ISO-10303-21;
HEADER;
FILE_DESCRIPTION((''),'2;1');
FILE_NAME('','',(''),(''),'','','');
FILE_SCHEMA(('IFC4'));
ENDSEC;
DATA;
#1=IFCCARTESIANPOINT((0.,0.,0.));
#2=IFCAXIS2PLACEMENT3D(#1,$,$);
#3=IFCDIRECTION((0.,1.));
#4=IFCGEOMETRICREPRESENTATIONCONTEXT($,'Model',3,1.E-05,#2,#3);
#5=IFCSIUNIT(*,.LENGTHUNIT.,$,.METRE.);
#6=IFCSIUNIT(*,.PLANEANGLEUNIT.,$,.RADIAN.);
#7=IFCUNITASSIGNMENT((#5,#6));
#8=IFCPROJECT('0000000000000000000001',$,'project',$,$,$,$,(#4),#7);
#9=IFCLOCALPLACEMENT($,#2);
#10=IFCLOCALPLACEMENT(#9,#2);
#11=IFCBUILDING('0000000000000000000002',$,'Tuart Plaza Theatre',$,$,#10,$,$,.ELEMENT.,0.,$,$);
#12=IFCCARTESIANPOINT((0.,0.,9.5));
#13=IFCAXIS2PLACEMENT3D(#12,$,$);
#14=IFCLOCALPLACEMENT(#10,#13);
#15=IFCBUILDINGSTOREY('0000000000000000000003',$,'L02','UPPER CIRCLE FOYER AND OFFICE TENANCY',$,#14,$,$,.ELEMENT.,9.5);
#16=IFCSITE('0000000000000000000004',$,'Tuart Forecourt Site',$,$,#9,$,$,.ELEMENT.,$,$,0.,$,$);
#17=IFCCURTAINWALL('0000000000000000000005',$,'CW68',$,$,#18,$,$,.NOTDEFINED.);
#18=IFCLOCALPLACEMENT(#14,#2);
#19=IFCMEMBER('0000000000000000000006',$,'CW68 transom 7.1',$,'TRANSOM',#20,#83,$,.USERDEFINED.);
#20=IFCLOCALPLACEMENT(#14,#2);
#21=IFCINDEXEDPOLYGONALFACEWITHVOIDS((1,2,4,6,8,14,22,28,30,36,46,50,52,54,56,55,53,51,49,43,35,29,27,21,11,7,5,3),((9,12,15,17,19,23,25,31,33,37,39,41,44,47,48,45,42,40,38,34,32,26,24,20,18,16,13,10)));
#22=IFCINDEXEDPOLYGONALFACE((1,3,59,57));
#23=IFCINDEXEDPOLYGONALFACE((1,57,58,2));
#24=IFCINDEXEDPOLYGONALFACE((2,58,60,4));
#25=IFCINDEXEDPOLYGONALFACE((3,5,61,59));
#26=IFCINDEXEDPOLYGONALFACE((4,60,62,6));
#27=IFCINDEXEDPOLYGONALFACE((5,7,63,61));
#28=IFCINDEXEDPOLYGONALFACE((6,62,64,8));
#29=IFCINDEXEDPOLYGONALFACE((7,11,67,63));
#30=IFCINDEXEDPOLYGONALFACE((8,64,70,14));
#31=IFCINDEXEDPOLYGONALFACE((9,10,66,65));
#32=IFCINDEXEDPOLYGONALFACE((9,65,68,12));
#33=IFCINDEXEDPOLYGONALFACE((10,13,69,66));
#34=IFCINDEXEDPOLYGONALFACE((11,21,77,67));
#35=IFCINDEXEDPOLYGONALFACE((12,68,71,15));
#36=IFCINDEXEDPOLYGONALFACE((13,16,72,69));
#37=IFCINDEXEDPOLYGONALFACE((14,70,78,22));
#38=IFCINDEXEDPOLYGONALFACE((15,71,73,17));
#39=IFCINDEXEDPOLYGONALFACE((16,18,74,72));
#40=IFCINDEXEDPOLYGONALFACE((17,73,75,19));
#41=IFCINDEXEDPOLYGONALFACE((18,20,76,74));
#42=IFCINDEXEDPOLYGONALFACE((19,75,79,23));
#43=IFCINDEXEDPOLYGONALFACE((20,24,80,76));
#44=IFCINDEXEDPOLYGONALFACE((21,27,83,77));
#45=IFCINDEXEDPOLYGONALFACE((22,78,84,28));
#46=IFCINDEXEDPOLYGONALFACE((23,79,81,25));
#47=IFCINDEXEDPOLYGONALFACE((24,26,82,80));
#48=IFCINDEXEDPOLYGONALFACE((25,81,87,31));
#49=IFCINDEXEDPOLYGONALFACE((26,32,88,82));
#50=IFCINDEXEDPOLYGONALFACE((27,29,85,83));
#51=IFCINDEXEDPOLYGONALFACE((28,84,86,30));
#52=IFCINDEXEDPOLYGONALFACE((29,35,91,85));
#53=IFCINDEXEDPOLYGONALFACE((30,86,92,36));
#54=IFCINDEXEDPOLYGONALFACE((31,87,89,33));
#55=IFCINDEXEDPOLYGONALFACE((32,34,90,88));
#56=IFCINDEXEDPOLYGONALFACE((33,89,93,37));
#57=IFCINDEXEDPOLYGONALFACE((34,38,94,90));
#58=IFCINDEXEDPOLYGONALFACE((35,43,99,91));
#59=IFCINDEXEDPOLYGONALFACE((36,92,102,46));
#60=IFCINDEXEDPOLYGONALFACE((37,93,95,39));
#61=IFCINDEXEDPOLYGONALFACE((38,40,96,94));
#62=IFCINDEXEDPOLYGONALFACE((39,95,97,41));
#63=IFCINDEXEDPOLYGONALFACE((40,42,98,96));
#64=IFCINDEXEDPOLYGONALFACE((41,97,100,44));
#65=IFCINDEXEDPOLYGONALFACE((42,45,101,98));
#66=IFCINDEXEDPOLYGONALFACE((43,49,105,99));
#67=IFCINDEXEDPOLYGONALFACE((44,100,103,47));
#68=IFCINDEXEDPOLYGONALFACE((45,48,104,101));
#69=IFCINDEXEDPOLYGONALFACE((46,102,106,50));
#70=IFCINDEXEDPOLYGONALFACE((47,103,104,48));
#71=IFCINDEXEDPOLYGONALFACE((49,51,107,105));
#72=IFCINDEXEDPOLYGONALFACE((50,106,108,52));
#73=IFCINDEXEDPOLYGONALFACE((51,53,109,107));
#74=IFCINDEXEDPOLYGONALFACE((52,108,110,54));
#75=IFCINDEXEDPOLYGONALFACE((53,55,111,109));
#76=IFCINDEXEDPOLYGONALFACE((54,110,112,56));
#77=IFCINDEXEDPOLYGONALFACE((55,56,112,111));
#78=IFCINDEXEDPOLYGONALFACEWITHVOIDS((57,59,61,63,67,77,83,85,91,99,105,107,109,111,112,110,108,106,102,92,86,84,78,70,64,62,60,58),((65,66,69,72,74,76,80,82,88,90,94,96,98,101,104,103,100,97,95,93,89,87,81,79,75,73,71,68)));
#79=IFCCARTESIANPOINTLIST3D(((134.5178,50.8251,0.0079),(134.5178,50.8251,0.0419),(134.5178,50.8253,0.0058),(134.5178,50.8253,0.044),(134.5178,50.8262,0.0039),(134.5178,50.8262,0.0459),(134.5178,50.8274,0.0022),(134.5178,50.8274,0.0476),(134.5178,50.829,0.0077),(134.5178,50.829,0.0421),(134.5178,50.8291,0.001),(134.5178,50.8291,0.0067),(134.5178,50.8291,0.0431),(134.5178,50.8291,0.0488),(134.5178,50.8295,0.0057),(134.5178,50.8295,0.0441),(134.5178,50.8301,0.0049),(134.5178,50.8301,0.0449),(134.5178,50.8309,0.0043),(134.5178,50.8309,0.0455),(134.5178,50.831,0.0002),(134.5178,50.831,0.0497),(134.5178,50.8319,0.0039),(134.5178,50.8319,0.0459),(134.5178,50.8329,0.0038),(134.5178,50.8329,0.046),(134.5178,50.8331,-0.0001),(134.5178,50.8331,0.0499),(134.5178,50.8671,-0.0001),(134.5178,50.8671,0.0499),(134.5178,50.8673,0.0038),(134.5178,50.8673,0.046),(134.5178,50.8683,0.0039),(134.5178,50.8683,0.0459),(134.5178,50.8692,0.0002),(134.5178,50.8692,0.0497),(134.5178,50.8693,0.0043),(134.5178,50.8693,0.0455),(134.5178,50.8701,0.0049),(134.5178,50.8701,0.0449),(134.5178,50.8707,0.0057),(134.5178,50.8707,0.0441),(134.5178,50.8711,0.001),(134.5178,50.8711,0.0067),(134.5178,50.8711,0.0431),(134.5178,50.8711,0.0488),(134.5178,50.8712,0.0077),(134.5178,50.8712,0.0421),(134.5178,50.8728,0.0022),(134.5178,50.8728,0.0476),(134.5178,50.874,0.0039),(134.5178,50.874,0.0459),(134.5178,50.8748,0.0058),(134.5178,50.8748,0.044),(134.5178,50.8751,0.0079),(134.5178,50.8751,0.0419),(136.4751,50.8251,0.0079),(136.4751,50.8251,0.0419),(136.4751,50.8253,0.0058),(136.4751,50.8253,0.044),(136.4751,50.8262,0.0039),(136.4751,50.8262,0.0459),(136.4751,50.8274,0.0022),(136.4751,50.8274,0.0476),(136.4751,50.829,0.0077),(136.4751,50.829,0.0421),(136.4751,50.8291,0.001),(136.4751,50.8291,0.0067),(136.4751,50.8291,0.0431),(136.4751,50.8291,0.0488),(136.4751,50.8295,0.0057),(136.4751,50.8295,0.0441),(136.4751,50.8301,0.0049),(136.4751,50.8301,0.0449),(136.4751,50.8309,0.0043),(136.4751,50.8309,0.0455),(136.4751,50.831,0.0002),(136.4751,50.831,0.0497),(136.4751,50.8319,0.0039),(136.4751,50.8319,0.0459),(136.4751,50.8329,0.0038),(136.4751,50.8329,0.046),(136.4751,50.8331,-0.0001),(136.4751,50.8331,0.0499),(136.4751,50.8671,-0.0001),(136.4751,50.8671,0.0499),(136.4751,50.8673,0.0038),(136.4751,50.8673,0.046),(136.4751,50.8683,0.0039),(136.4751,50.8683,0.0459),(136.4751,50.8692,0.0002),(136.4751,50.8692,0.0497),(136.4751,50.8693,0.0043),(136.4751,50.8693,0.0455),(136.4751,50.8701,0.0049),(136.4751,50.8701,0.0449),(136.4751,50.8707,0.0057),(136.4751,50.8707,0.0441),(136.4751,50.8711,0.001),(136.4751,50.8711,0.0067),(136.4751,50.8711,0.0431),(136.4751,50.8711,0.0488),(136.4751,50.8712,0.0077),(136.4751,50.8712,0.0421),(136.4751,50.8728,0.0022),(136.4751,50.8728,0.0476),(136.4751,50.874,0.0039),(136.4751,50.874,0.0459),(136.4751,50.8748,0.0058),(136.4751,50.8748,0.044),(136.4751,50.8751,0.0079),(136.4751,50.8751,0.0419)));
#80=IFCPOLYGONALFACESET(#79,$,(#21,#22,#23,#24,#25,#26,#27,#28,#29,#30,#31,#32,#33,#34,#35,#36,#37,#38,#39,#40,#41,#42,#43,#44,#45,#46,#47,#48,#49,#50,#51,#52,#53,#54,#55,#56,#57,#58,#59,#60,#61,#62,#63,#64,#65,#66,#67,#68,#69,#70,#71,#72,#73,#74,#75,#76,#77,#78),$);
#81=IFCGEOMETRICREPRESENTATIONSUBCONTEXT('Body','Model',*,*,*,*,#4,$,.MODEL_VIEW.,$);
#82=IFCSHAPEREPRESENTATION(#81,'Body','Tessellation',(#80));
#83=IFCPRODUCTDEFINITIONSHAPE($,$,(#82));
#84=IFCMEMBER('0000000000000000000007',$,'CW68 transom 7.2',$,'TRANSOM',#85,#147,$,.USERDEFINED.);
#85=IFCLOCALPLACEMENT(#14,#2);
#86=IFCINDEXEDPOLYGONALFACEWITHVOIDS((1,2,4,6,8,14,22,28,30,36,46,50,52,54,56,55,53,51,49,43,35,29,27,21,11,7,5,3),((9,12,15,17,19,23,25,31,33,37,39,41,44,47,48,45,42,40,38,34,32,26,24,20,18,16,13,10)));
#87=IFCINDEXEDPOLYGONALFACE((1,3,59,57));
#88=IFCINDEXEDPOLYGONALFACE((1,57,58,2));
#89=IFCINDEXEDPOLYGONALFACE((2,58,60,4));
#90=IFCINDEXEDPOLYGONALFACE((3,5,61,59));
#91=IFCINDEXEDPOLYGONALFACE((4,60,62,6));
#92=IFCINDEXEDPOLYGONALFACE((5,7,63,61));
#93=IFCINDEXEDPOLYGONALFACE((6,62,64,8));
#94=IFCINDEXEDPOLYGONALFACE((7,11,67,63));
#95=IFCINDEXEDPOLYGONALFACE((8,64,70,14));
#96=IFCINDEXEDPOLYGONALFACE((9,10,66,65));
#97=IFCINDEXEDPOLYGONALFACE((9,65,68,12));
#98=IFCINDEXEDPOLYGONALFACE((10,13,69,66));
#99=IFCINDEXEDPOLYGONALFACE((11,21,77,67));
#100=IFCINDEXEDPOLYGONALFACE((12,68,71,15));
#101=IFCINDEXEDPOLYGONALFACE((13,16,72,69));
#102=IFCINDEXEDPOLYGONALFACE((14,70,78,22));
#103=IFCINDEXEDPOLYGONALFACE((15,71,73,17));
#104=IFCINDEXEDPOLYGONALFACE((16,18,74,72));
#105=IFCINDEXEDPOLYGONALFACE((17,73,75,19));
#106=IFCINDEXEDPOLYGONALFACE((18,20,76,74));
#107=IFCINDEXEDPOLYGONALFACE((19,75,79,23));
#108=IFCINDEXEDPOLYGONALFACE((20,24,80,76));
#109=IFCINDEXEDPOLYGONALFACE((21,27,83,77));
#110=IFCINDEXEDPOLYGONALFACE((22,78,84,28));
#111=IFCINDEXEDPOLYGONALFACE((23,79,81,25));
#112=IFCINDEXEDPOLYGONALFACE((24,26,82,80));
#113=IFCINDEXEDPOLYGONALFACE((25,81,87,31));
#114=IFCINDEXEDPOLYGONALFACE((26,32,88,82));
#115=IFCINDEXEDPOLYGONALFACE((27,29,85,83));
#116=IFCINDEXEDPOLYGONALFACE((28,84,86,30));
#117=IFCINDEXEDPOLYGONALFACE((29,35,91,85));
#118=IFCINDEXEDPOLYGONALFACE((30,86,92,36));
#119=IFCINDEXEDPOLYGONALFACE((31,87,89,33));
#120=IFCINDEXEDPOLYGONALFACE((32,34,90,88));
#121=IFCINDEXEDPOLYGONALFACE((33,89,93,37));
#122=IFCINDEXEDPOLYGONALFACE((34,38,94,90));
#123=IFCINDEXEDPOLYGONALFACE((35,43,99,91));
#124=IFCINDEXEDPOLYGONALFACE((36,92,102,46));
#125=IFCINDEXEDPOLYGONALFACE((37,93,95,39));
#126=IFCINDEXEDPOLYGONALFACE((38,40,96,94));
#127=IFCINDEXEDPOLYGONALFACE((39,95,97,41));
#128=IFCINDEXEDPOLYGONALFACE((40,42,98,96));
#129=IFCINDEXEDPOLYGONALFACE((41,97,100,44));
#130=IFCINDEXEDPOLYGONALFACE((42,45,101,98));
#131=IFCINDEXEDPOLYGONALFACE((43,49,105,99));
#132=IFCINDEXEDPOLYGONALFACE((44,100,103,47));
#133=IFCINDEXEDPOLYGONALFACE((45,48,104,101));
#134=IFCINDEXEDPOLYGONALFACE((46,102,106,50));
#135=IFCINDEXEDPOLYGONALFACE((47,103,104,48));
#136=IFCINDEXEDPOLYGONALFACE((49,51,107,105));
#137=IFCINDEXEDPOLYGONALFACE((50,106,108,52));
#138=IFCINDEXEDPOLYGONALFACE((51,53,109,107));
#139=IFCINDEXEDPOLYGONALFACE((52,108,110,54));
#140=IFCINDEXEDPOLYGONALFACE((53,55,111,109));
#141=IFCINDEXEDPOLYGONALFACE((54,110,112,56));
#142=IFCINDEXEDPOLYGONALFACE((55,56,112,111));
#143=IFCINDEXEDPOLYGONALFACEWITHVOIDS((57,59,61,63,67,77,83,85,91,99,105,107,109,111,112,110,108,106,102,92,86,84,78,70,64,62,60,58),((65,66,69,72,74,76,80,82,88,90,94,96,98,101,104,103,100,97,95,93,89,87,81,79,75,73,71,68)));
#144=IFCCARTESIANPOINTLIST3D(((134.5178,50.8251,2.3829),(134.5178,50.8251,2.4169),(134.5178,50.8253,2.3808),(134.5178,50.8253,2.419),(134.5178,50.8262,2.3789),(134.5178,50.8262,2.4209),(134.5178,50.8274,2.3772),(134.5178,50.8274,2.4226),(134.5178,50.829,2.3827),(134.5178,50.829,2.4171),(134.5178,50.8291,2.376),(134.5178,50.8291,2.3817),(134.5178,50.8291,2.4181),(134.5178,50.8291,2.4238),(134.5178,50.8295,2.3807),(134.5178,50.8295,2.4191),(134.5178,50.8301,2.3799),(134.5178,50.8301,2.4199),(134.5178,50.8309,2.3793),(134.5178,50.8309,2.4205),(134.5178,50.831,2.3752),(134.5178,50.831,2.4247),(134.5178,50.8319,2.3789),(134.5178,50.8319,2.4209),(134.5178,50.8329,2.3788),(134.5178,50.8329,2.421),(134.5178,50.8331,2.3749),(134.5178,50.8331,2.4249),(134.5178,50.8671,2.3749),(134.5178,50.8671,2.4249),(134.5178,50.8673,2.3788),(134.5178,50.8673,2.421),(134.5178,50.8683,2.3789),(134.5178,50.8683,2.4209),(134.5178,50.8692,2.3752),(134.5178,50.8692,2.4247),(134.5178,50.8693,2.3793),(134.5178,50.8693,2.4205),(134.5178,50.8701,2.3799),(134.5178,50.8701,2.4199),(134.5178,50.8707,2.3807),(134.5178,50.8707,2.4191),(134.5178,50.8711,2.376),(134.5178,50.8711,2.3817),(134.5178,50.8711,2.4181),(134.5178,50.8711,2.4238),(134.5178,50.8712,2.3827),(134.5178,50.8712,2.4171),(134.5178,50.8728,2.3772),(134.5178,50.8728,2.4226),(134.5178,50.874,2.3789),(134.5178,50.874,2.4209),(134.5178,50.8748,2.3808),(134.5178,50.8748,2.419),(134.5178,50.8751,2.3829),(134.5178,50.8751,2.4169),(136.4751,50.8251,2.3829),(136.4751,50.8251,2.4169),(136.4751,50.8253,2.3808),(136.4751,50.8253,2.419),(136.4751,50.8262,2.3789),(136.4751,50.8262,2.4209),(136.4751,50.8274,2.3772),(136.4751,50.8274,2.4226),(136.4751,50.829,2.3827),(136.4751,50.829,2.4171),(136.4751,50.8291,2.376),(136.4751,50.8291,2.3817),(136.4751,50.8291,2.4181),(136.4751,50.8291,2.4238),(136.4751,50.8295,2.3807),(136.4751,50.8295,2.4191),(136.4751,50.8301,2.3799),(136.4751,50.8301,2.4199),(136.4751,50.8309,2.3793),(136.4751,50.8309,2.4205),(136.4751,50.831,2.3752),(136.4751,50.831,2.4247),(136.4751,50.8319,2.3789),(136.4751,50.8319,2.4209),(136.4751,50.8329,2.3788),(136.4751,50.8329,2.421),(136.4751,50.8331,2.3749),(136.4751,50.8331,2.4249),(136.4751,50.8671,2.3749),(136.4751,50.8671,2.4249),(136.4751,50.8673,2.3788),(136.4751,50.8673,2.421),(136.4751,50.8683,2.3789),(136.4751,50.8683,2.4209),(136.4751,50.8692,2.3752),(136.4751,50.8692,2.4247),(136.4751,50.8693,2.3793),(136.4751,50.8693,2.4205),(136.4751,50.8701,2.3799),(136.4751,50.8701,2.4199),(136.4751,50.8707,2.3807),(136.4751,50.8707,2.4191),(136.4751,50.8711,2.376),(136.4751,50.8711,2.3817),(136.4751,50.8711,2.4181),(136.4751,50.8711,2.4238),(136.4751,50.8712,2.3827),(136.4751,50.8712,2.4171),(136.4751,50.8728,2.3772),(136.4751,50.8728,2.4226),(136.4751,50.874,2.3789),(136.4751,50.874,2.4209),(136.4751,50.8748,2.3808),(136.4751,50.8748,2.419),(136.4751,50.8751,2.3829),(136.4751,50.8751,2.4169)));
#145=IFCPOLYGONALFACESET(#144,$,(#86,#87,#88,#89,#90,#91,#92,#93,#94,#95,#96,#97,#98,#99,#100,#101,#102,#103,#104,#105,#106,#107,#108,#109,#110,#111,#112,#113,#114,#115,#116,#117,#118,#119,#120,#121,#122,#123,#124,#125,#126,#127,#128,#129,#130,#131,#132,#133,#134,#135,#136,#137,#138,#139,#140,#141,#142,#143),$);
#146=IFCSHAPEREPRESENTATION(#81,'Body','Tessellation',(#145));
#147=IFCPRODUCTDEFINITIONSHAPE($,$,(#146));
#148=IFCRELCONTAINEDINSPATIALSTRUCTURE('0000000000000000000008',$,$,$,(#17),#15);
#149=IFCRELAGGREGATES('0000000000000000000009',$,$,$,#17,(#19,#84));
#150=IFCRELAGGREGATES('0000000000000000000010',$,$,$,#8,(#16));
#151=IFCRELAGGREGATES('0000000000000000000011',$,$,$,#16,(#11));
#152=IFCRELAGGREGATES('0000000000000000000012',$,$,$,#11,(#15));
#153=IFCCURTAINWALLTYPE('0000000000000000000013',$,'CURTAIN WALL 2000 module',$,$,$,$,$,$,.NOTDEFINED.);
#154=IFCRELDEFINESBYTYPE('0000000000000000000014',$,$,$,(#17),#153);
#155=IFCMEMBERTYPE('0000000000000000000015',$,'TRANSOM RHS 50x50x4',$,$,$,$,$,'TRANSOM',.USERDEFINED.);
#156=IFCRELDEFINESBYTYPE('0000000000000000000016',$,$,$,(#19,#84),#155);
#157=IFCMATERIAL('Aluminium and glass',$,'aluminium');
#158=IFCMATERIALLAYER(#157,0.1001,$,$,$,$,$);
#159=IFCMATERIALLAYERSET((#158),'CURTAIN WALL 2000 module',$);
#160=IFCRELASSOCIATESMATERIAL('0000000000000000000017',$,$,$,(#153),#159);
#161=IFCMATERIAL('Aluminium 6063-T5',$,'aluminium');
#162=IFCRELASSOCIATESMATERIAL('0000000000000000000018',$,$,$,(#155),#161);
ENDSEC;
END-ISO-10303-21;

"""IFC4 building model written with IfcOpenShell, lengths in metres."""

from ifc_helpers import new_model, si_unit, direction, frame, origin, origin_2d, place, context, subcontext, project, spatial, hollow_rectangle, extrude, material, layer, layer_set, material_profile, profile_set, type_object, element, aggregate, save


model = new_model("IFC4")

# Units and contexts
model_context = context("Model", 3, precision=1e-05, world=origin(), true_north=direction((0.0, 1.0)))
body_context = subcontext(model_context, "Body", "Model", "MODEL_VIEW")
ifc_project = project(units=[si_unit("LENGTHUNIT", "METRE"), si_unit("PLANEANGLEUNIT", "RADIAN")], contexts=[model_context])

# Site, building, storey
site_placement = place(None, origin())
site = spatial("IfcSite", under=ifc_project, at=site_placement, Name="Tuart Forecourt Site", CompositionType="ELEMENT", RefElevation=0.0)
building_placement = place(site_placement, origin())
building = spatial("IfcBuilding", under=site, at=building_placement, Name="Tuart Plaza Theatre", CompositionType="ELEMENT", ElevationOfRefHeight=0.0)
storey_placement = place(building_placement, frame((0.0, 0.0, 9.5)))
storey = spatial("IfcBuildingStorey", under=building, at=storey_placement, Name="L02", Description="UPPER CIRCLE FOYER AND OFFICE TENANCY", CompositionType="ELEMENT", Elevation=9.5)

# Curtain wall, members
ifc_material_1 = material(Name="Aluminium and glass", Category="aluminium")
ifc_layer_1 = layer(ifc_material_1, 0.1001)
ifc_layer_set_1 = layer_set([ifc_layer_1], Name="CURTAIN WALL 2000 module")
curtain_wall_type = type_object("IfcCurtainWallType", Name="CURTAIN WALL 2000 module", PredefinedType="NOTDEFINED", material=ifc_layer_set_1)
curtain_wall_placement = place(storey_placement, origin())
curtain_wall = element("IfcCurtainWall", 1, at=curtain_wall_placement, inside=storey, type_object=curtain_wall_type, Name="CW68", PredefinedType="NOTDEFINED")
ifc_material_2 = material(Name="Aluminium 6063-T5", Category="aluminium")
ifc_material_profile_1 = material_profile(ifc_material_2, hollow_rectangle(XDim=0.05, YDim=0.05, WallThickness=0.0039, InnerFilletRadius=0.0039, OuterFilletRadius=0.0081, at=origin_2d()), Name="RHS 50x50x4")
ifc_profile_set_1 = profile_set([ifc_material_profile_1], Name="Aluminium 6063-T5")
member_type_1 = type_object("IfcMemberType", Name="TRANSOM RHS 50x50x4", ElementType="TRANSOM", PredefinedType="USERDEFINED", material=ifc_profile_set_1)
member_1_placement = place(storey_placement, frame((134.5178, 50.8501, 0.0249), z_axis=(1.0, 0.0, 0.0), x_axis=(0.0, 1.0, 0.0)))
member_1 = element("IfcMember", 2, at=member_1_placement, type_object=member_type_1, Name="CW68 transom 7.1", ObjectType="TRANSOM", PredefinedType="USERDEFINED", context=body_context, shape_type="SweptSolid", body=[
    extrude(hollow_rectangle(XDim=0.05, YDim=0.05, WallThickness=0.0039, InnerFilletRadius=0.0039, OuterFilletRadius=0.0081, at=origin_2d()), origin(), (0.0, 0.0, 1.0), 1.9573),
])
member_2_placement = place(storey_placement, frame((134.5178, 50.8501, 2.3999), z_axis=(1.0, 0.0, 0.0), x_axis=(0.0, 1.0, 0.0)))
member_2 = element("IfcMember", 3, at=member_2_placement, type_object=member_type_1, Name="CW68 transom 7.2", ObjectType="TRANSOM", PredefinedType="USERDEFINED", context=body_context, shape_type="SweptSolid", body=[
    extrude(hollow_rectangle(XDim=0.05, YDim=0.05, WallThickness=0.0039, InnerFilletRadius=0.0039, OuterFilletRadius=0.0081, at=origin_2d()), origin(), (0.0, 0.0, 1.0), 1.9573),
])
aggregate(curtain_wall, [member_1, member_2])

save(model, "model.ifc")
